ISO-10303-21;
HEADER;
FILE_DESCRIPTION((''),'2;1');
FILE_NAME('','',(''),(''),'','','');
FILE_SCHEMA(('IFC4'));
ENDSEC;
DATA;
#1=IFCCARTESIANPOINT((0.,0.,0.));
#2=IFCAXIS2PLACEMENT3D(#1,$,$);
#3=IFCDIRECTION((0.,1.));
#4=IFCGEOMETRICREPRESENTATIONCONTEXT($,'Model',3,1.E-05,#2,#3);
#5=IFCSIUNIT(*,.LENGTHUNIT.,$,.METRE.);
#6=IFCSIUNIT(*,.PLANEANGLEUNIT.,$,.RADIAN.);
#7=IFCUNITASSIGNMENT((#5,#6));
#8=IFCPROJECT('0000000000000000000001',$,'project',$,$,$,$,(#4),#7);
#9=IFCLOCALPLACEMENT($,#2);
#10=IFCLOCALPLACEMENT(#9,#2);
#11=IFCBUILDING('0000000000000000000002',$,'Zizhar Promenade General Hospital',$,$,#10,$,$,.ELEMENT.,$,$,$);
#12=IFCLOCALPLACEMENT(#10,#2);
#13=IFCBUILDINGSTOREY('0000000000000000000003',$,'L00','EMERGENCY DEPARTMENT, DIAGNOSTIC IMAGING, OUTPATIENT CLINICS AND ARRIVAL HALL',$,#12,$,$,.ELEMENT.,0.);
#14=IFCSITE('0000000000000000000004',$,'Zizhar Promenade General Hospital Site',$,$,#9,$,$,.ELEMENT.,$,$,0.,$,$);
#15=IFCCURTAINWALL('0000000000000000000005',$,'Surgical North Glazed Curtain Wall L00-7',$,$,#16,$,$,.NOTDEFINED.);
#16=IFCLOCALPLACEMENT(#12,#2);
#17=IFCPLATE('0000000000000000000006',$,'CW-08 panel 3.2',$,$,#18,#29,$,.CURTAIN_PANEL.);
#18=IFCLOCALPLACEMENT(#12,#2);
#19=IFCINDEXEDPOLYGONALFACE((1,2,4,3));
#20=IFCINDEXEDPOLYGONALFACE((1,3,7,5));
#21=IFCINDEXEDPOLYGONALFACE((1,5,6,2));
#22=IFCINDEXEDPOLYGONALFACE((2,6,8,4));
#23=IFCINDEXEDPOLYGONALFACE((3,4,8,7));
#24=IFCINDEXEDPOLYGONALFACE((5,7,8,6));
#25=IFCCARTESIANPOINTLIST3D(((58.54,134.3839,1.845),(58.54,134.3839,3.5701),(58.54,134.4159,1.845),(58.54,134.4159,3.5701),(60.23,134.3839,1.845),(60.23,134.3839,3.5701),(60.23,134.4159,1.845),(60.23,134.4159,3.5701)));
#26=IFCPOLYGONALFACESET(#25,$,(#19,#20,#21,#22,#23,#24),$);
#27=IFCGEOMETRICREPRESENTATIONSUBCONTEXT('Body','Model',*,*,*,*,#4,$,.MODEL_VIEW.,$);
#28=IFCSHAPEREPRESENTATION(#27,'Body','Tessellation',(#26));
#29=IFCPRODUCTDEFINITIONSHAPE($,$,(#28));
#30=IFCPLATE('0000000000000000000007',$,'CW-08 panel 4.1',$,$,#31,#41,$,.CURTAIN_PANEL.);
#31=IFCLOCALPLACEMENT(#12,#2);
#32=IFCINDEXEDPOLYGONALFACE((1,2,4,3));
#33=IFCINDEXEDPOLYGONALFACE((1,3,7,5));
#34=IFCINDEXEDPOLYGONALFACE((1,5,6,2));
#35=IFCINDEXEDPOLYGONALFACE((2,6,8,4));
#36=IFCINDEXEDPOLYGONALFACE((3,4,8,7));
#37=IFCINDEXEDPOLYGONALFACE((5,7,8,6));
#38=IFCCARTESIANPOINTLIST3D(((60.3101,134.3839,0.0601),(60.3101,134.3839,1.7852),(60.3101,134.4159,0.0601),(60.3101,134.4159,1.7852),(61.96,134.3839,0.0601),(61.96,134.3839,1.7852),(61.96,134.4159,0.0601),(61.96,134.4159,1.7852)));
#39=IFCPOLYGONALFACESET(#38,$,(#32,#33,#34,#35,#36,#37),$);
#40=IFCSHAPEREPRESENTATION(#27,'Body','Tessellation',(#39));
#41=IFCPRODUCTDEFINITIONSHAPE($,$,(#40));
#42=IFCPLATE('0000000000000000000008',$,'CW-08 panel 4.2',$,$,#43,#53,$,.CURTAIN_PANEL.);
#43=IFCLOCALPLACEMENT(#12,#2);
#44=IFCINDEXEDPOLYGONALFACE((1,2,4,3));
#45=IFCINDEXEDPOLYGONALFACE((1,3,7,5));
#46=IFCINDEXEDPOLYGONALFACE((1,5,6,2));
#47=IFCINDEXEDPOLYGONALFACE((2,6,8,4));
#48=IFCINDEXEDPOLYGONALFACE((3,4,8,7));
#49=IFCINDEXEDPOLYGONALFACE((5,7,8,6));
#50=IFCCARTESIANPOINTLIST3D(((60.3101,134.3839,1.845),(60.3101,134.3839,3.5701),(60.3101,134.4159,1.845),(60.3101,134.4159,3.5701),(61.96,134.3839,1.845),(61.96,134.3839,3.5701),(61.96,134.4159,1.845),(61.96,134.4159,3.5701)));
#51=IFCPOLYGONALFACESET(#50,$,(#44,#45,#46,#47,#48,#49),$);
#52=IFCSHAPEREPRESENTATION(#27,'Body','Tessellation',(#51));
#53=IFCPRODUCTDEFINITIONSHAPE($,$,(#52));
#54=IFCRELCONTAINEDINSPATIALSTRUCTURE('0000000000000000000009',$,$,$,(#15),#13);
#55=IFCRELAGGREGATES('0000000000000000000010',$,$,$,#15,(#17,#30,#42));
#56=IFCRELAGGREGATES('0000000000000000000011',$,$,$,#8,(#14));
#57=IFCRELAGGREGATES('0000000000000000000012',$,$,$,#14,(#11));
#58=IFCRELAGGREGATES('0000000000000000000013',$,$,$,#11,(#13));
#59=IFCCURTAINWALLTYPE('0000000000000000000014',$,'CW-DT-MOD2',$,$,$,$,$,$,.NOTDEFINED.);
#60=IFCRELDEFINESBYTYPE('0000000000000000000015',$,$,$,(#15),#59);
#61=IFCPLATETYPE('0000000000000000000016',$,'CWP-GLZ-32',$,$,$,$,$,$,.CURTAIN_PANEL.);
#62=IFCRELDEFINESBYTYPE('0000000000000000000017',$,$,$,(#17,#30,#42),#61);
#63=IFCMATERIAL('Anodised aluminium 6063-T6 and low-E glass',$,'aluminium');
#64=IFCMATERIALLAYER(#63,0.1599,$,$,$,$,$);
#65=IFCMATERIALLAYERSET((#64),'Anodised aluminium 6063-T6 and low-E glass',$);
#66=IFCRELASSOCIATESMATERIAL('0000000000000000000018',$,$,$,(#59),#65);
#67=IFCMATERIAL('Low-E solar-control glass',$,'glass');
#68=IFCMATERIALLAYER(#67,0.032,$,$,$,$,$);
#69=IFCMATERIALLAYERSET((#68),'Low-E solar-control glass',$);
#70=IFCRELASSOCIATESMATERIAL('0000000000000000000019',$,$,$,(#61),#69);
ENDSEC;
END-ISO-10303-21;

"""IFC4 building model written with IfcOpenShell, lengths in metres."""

from ifc_helpers import new_model, si_unit, direction, frame, origin, origin_2d, place, context, subcontext, project, spatial, rectangle, extrude, material, layer, layer_set, type_object, element, aggregate, save


model = new_model("IFC4")

# Units and contexts
model_context = context("Model", 3, precision=1e-05, world=origin(), true_north=direction((0.0, 1.0)))
body_context = subcontext(model_context, "Body", "Model", "MODEL_VIEW")
ifc_project = project(units=[si_unit("LENGTHUNIT", "METRE"), si_unit("PLANEANGLEUNIT", "RADIAN")], contexts=[model_context])

# Site, building, storey
site_placement = place(None, origin())
site = spatial("IfcSite", under=ifc_project, at=site_placement, Name="Zizhar Promenade General Hospital Site", CompositionType="ELEMENT", RefElevation=0.0)
building_placement = place(site_placement, origin())
building = spatial("IfcBuilding", under=site, at=building_placement, Name="Zizhar Promenade General Hospital", CompositionType="ELEMENT")
storey_placement = place(building_placement, origin())
storey = spatial("IfcBuildingStorey", under=building, at=storey_placement, Name="L00", Description="EMERGENCY DEPARTMENT, DIAGNOSTIC IMAGING, OUTPATIENT CLINICS AND ARRIVAL HALL", CompositionType="ELEMENT", Elevation=0.0)

# Curtain wall, plates
ifc_material_1 = material(Name="Anodised aluminium 6063-T6 and low-E glass", Category="aluminium")
ifc_layer_1 = layer(ifc_material_1, 0.1599)
ifc_layer_set_1 = layer_set([ifc_layer_1], Name="Anodised aluminium 6063-T6 and low-E glass")
curtain_wall_type = type_object("IfcCurtainWallType", Name="CW-DT-MOD2", PredefinedType="NOTDEFINED", material=ifc_layer_set_1)
curtain_wall_placement = place(storey_placement, origin())
curtain_wall = element("IfcCurtainWall", 1, at=curtain_wall_placement, inside=storey, type_object=curtain_wall_type, Name="Surgical North Glazed Curtain Wall L00-7", PredefinedType="NOTDEFINED")
ifc_material_2 = material(Name="Low-E solar-control glass", Category="glass")
ifc_layer_2 = layer(ifc_material_2, 0.032)
ifc_layer_set_2 = layer_set([ifc_layer_2], Name="Low-E solar-control glass")
plate_type = type_object("IfcPlateType", Name="CWP-GLZ-32", PredefinedType="CURTAIN_PANEL", material=ifc_layer_set_2)
plate_1_placement = place(storey_placement, frame((59.385, 134.3999, 1.845), z_axis=(0.0, 0.0, 1.0), x_axis=(1.0, 0.0, 0.0)))
plate_1 = element("IfcPlate", 2, at=plate_1_placement, type_object=plate_type, Name="CW-08 panel 3.2", PredefinedType="CURTAIN_PANEL", context=body_context, shape_type="SweptSolid", body=[
    extrude(rectangle(XDim=1.6899, YDim=0.032, at=origin_2d()), origin(), (0.0, 0.0, 1.0), 1.7251),
])
plate_2_placement = place(storey_placement, frame((61.135, 134.3999, 0.0601), z_axis=(0.0, 0.0, 1.0), x_axis=(1.0, 0.0, 0.0)))
plate_2 = element("IfcPlate", 3, at=plate_2_placement, type_object=plate_type, Name="CW-08 panel 4.1", PredefinedType="CURTAIN_PANEL", context=body_context, shape_type="SweptSolid", body=[
    extrude(rectangle(XDim=1.6499, YDim=0.032, at=origin_2d()), origin(), (0.0, 0.0, 1.0), 1.7251),
])
plate_3_placement = place(storey_placement, frame((61.135, 134.3999, 1.845), z_axis=(0.0, 0.0, 1.0), x_axis=(1.0, 0.0, 0.0)))
plate_3 = element("IfcPlate", 4, at=plate_3_placement, type_object=plate_type, Name="CW-08 panel 4.2", PredefinedType="CURTAIN_PANEL", context=body_context, shape_type="SweptSolid", body=[
    extrude(rectangle(XDim=1.6499, YDim=0.032, at=origin_2d()), origin(), (0.0, 0.0, 1.0), 1.7251),
])
aggregate(curtain_wall, [plate_1, plate_2, plate_3])

save(model, "model.ifc")
